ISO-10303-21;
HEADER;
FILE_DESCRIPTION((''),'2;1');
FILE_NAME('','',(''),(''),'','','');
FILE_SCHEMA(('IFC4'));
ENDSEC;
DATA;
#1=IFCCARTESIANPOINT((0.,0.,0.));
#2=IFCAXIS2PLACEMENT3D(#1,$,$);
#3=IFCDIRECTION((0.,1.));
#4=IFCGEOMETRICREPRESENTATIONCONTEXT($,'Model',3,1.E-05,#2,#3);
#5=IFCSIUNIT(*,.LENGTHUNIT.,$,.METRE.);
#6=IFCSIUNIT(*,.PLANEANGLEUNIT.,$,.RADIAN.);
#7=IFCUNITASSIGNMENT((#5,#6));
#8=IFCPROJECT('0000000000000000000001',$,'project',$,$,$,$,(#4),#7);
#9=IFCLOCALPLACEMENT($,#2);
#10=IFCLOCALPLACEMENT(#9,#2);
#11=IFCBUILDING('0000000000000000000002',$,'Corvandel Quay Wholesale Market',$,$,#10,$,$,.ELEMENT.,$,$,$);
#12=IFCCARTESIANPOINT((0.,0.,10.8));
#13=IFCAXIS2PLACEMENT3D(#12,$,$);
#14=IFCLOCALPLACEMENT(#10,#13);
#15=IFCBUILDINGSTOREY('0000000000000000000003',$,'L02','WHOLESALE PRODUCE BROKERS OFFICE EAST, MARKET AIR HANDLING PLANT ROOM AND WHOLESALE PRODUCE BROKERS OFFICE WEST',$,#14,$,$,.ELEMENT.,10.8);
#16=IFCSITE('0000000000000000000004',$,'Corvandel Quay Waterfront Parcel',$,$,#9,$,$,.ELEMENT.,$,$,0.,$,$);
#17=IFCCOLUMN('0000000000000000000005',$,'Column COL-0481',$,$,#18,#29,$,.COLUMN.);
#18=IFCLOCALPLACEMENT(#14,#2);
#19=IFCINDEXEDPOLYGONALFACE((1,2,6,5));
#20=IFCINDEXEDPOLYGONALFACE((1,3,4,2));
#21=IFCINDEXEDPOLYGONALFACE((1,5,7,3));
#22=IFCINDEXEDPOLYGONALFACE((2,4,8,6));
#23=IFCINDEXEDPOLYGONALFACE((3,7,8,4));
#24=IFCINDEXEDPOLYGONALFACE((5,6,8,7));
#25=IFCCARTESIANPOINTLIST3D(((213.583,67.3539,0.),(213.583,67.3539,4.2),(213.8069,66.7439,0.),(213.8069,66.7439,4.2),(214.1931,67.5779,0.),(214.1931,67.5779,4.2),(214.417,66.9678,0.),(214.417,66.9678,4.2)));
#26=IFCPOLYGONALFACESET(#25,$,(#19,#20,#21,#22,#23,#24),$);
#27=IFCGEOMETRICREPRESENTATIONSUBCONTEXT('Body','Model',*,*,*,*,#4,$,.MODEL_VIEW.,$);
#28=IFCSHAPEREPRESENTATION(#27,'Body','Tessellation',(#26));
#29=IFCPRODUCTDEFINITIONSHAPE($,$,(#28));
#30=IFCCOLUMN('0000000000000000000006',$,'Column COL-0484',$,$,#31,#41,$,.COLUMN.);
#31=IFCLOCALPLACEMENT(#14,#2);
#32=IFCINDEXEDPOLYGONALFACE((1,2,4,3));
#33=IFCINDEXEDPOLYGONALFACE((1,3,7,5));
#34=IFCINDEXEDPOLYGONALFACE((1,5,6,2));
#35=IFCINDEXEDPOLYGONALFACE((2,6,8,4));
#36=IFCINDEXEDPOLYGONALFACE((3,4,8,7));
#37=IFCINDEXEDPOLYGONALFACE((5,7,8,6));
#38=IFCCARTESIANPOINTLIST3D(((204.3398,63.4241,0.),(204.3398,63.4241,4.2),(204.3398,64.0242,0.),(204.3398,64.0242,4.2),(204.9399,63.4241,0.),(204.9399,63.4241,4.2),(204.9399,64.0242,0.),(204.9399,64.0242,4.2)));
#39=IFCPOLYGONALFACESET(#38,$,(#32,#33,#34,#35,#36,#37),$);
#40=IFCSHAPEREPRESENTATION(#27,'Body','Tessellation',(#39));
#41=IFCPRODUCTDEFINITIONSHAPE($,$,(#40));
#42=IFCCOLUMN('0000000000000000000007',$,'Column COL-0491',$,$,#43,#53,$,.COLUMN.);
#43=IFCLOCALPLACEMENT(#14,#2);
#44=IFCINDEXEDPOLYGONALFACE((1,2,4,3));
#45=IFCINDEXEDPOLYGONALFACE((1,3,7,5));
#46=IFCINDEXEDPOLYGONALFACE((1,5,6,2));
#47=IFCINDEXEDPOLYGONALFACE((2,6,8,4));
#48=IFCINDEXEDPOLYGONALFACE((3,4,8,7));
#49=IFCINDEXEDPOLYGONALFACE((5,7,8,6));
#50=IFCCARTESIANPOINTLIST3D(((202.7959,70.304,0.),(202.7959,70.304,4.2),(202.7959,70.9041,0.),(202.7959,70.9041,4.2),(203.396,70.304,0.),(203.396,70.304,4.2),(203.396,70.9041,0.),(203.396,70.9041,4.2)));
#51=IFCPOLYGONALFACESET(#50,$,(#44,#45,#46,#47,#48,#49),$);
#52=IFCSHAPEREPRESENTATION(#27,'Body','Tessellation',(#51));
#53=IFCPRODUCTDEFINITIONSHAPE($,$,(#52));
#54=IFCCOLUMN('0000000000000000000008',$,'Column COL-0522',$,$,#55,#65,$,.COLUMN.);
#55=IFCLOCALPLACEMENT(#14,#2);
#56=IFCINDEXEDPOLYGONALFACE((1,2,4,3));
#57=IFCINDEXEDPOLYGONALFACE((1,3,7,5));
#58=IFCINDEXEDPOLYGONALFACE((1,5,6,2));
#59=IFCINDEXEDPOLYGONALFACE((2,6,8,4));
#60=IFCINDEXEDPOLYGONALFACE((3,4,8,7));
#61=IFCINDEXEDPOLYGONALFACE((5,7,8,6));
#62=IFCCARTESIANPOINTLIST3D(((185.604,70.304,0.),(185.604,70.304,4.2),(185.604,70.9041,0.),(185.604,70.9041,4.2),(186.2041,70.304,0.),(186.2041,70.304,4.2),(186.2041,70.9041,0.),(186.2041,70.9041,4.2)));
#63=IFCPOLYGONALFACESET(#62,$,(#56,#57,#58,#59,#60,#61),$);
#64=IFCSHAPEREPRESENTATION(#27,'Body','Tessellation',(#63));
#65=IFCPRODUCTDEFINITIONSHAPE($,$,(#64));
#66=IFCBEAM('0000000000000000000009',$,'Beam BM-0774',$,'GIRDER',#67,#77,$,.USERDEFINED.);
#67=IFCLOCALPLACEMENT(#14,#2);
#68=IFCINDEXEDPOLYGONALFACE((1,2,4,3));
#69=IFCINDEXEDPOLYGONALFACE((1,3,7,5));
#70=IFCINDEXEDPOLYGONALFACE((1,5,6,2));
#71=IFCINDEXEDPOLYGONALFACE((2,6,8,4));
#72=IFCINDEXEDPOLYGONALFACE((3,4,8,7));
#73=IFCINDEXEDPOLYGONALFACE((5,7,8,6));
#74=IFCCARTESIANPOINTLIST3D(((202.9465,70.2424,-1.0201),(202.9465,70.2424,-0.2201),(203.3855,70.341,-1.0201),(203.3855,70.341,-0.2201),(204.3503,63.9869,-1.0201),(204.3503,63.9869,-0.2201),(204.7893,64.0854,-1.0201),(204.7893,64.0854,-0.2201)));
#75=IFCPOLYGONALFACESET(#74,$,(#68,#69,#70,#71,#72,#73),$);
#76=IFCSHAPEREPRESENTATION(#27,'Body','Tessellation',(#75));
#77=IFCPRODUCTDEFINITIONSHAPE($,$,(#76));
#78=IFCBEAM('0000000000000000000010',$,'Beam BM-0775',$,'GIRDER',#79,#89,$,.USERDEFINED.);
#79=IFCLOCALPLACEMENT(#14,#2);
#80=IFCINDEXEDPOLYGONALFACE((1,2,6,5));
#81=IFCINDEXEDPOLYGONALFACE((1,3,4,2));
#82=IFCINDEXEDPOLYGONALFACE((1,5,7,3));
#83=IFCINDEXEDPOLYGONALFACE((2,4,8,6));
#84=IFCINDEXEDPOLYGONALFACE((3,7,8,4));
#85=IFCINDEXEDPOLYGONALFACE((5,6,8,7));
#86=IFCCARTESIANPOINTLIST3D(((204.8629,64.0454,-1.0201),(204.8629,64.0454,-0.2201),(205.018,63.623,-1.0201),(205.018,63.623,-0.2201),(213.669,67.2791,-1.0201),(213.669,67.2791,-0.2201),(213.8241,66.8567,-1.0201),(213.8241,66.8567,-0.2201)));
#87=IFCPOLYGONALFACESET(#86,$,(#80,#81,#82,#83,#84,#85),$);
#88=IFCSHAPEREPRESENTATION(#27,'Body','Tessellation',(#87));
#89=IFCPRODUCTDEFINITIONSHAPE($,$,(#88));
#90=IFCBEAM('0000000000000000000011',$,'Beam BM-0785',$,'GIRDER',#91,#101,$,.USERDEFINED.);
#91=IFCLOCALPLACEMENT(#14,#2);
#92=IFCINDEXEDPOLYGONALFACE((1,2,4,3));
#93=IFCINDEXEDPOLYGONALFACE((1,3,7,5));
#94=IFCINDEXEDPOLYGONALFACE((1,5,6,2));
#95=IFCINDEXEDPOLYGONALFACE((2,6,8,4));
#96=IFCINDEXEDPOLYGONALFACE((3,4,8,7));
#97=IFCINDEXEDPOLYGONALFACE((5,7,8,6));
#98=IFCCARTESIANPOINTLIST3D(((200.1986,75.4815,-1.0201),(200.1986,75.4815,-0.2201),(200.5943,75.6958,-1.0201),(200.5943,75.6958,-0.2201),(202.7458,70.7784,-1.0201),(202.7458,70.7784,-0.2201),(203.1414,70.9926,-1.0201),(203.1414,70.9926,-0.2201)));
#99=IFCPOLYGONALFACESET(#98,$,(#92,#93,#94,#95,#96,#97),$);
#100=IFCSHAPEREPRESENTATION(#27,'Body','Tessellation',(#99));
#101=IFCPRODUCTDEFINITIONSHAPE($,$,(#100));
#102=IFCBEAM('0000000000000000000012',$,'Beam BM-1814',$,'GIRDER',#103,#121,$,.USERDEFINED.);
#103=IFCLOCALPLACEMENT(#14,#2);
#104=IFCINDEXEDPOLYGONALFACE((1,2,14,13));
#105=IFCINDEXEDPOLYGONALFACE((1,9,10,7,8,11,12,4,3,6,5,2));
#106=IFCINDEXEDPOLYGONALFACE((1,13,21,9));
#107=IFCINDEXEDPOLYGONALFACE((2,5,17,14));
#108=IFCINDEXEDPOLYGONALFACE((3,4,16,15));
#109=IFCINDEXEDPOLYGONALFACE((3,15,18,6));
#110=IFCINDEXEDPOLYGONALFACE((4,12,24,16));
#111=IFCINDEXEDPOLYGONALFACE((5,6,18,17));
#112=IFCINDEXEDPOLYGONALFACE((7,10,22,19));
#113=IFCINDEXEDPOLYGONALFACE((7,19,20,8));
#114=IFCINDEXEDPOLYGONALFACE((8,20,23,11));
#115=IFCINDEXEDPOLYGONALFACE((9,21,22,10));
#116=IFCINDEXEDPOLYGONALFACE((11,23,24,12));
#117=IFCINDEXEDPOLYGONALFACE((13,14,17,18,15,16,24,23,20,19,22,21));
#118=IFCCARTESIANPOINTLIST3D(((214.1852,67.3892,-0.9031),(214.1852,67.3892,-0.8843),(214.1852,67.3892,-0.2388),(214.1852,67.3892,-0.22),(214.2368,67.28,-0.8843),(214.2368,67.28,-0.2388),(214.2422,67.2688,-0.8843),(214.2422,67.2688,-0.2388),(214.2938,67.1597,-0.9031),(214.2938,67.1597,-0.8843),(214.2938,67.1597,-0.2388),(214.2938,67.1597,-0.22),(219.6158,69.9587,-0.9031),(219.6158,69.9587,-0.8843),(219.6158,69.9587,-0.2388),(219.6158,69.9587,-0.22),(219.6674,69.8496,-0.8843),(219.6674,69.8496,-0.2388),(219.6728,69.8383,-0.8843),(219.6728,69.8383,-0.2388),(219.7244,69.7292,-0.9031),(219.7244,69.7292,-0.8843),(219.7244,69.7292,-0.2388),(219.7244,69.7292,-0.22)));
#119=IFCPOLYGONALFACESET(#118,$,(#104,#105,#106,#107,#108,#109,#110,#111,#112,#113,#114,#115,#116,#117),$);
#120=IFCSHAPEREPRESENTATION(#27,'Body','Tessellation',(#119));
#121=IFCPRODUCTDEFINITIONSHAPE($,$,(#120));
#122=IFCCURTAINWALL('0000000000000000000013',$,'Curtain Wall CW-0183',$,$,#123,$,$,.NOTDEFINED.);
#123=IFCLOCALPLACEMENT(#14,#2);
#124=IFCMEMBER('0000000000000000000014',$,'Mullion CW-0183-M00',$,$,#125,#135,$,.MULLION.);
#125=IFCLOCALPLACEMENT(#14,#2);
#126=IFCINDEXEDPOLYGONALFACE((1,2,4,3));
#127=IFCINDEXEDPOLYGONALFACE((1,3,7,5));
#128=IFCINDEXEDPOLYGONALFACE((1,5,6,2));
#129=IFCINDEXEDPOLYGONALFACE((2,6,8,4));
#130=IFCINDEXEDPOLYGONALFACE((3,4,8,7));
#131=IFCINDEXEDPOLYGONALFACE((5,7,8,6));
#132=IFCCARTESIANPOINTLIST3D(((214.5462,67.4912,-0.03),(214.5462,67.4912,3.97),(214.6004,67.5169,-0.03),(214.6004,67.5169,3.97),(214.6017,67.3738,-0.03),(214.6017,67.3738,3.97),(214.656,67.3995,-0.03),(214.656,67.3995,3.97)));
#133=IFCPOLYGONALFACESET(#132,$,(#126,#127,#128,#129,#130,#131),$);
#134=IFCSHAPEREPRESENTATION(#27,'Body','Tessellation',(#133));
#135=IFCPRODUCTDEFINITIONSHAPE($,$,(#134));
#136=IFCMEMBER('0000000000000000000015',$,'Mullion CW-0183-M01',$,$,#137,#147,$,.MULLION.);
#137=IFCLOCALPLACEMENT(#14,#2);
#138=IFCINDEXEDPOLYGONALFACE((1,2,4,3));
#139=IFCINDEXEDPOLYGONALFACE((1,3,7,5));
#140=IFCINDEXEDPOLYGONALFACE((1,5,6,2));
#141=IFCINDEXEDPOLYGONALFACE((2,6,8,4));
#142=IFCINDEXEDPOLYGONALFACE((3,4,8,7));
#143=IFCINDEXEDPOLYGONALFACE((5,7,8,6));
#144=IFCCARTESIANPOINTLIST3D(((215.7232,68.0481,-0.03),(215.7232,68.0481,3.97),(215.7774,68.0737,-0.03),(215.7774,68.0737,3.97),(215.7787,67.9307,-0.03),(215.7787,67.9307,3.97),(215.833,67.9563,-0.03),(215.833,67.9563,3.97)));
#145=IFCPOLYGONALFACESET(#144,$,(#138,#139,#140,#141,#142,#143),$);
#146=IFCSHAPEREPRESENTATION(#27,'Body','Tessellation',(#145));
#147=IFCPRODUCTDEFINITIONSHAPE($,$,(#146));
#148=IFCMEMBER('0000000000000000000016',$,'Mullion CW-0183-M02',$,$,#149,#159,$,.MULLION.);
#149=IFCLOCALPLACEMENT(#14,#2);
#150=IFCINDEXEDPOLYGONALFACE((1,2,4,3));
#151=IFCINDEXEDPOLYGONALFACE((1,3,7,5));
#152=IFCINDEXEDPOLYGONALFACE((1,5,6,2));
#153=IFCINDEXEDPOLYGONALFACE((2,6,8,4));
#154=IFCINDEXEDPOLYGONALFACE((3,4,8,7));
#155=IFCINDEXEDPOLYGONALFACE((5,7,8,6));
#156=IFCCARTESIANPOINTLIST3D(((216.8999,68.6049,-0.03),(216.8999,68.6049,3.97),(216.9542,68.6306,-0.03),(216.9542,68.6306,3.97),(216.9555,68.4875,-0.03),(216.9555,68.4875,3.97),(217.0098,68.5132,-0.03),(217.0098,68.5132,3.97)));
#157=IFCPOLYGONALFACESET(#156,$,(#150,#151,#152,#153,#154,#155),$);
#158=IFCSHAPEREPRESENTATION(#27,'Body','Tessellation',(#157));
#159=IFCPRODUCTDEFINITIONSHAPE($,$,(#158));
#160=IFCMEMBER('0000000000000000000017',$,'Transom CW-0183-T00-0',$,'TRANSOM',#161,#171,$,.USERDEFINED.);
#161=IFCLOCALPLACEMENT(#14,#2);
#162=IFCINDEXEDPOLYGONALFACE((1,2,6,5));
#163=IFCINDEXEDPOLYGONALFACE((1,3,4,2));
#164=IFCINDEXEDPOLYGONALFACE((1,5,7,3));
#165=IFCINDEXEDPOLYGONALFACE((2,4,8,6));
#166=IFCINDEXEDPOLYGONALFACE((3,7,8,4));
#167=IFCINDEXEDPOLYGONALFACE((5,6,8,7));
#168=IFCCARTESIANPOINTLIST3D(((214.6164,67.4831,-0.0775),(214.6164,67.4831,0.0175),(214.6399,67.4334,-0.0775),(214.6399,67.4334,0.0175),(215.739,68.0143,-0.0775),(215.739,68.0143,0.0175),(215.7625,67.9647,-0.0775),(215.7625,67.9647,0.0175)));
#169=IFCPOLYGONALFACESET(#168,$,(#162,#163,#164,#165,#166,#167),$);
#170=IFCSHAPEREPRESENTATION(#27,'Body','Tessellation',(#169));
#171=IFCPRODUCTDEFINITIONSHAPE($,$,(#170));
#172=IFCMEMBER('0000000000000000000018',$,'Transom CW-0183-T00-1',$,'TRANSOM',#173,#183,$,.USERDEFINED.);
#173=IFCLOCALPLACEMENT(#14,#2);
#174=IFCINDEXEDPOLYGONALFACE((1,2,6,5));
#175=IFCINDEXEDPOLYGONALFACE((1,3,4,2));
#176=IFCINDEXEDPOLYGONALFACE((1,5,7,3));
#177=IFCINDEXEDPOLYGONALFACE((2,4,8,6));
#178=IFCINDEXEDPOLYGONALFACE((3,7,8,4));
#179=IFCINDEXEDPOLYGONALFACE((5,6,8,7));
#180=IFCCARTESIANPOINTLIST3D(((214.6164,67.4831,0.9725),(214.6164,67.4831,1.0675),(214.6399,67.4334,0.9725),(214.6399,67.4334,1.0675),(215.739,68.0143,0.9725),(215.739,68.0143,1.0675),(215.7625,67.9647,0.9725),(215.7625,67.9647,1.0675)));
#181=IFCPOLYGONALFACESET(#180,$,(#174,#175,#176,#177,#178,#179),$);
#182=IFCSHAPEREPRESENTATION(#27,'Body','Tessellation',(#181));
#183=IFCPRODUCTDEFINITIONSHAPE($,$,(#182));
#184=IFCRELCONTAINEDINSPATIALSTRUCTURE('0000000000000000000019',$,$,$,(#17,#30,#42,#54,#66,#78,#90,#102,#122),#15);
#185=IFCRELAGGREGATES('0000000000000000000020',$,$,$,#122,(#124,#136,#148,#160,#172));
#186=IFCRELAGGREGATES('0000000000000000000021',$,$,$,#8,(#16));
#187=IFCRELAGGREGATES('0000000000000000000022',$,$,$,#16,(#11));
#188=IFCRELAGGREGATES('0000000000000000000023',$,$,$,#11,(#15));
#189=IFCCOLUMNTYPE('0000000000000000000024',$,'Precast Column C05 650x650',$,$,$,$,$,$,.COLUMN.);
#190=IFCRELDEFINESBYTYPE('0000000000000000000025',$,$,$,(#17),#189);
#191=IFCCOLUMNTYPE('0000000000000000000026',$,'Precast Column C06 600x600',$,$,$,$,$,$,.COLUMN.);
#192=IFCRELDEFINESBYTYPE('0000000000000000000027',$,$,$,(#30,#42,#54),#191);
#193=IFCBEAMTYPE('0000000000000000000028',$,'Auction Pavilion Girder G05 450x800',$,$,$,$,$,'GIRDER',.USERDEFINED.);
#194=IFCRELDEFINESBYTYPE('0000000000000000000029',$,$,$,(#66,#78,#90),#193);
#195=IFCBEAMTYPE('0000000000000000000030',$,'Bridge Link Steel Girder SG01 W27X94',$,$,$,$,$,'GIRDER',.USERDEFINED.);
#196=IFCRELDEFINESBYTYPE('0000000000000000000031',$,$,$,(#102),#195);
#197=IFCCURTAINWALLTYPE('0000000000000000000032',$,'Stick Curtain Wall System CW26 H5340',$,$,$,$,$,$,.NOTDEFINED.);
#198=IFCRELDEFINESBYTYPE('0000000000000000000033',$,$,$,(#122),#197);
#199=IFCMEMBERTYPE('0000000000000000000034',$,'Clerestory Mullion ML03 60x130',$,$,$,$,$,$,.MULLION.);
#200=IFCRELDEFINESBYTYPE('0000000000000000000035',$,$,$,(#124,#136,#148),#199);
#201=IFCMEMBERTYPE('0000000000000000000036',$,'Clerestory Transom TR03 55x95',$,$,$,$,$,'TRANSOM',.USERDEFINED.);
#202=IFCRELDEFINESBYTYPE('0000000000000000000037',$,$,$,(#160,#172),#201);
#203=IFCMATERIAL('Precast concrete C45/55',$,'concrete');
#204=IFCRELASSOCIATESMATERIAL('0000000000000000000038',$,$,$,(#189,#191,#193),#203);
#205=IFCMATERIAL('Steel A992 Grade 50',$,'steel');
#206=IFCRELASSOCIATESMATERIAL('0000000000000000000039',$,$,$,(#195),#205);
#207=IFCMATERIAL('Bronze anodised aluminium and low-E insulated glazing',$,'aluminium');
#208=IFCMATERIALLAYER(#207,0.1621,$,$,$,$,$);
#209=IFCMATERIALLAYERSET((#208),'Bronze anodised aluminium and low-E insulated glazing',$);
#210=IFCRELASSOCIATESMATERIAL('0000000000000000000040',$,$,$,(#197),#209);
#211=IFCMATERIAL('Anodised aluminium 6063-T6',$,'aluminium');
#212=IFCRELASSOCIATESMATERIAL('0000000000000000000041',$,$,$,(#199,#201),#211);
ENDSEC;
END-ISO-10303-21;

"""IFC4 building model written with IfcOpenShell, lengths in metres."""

from ifc_helpers import new_model, si_unit, direction, frame, origin, origin_2d, place, context, subcontext, project, spatial, rectangle, i_section, extrude, material, layer, layer_set, material_profile, profile_set, type_object, element, aggregate, save


model = new_model("IFC4")

# Units and contexts
model_context = context("Model", 3, precision=1e-05, world=origin(), true_north=direction((0.0, 1.0)))
body_context = subcontext(model_context, "Body", "Model", "MODEL_VIEW")
ifc_project = project(units=[si_unit("LENGTHUNIT", "METRE"), si_unit("PLANEANGLEUNIT", "RADIAN")], contexts=[model_context])

# Site, building, storey
site_placement = place(None, origin())
site = spatial("IfcSite", under=ifc_project, at=site_placement, Name="Corvandel Quay Waterfront Parcel", CompositionType="ELEMENT", RefElevation=0.0)
building_placement = place(site_placement, origin())
building = spatial("IfcBuilding", under=site, at=building_placement, Name="Corvandel Quay Wholesale Market", CompositionType="ELEMENT")
storey_placement = place(building_placement, frame((0.0, 0.0, 10.8)))
storey = spatial("IfcBuildingStorey", under=building, at=storey_placement, Name="L02", Description="WHOLESALE PRODUCE BROKERS OFFICE EAST, MARKET AIR HANDLING PLANT ROOM AND WHOLESALE PRODUCE BROKERS OFFICE WEST", CompositionType="ELEMENT", Elevation=10.8)

# Columns
ifc_material_1 = material(Name="Precast concrete C45/55", Category="concrete")
ifc_material_profile_1 = material_profile(ifc_material_1, rectangle(XDim=0.6499, YDim=0.6499, at=origin_2d()), Name="PC-COL-650x650")
ifc_profile_set_1 = profile_set([ifc_material_profile_1], Name="Precast concrete C45/55")
column_type_1 = type_object("IfcColumnType", Name="Precast Column C05 650x650", PredefinedType="COLUMN", material=ifc_profile_set_1)
column_placement = place(storey_placement, frame((214.0, 67.1609, 0.0), z_axis=(0.0, 0.0, 1.0), x_axis=(-0.344643, 0.938734, 0.0)))
element("IfcColumn", 1, at=column_placement, inside=storey, type_object=column_type_1, Name="Column COL-0481", PredefinedType="COLUMN", context=body_context, shape_type="SweptSolid", body=[
    extrude(rectangle(XDim=0.6499, YDim=0.6499, at=origin_2d()), origin(), (0.0, 0.0, 1.0), 4.2),
])
ifc_material_profile_2 = material_profile(ifc_material_1, rectangle(XDim=0.6001, YDim=0.6001, at=origin_2d()), Name="PC-COL-600x600")
ifc_profile_set_2 = profile_set([ifc_material_profile_2], Name="Precast concrete C45/55")
column_type_2 = type_object("IfcColumnType", Name="Precast Column C06 600x600", PredefinedType="COLUMN", material=ifc_profile_set_2)
for number, where, z_axis, x_axis, name in (
    (2, (204.6399, 63.7241, 0.0), (0.0, 0.0, 1.0), (1.0, 0.0, 0.0), "Column COL-0484"),
    (3, (203.0959, 70.604, 0.0), (0.0, 0.0, 1.0), (1.0, 0.0, 0.0), "Column COL-0491"),
    (4, (185.9041, 70.604, 0.0), (0.0, 0.0, 1.0), (1.0, 0.0, 0.0), "Column COL-0522"),
):
    element("IfcColumn", number, at=place(storey_placement, frame(where, z_axis=z_axis, x_axis=x_axis)), inside=storey, type_object=column_type_2, Name=name, PredefinedType="COLUMN", context=body_context, shape_type="SweptSolid", body=[
        extrude(rectangle(XDim=0.6001, YDim=0.6001, at=origin_2d()), origin(), (0.0, 0.0, 1.0), 4.2),
    ])

# Beams
ifc_material_profile_3 = material_profile(ifc_material_1, rectangle(XDim=0.45, YDim=0.8, at=origin_2d()), Name="PC-GIR-450x800")
ifc_profile_set_3 = profile_set([ifc_material_profile_3], Name="Precast concrete C45/55")
beam_type_1 = type_object("IfcBeamType", Name="Auction Pavilion Girder G05 450x800", ElementType="GIRDER", PredefinedType="USERDEFINED", material=ifc_profile_set_3)
beam_1_placement = place(storey_placement, frame((204.5698, 64.0361, -0.6201), z_axis=(-0.218962, 0.975733, 0.0), x_axis=(-0.975733, -0.218962, 0.0)))
element("IfcBeam", 5, at=beam_1_placement, inside=storey, type_object=beam_type_1, Name="Beam BM-0774", ObjectType="GIRDER", PredefinedType="USERDEFINED", context=body_context, shape_type="SweptSolid", body=[
    extrude(rectangle(XDim=0.45, YDim=0.8, at=origin_2d()), origin(), (0.0, 0.0, 1.0), 6.4111),
])
beam_2_placement = place(storey_placement, frame((213.7466, 67.0679, -0.6201), z_axis=(-0.938714, -0.344698, 0.0), x_axis=(0.344698, -0.938714, 0.0)))
element("IfcBeam", 6, at=beam_2_placement, inside=storey, type_object=beam_type_1, Name="Beam BM-0775", ObjectType="GIRDER", PredefinedType="USERDEFINED", context=body_context, shape_type="SweptSolid", body=[
    extrude(rectangle(XDim=0.45, YDim=0.8, at=origin_2d()), origin(), (0.0, 0.0, 1.0), 9.3811),
])
beam_3_placement = place(storey_placement, frame((202.9436, 70.8855, -0.6201), z_axis=(-0.476224, 0.879324, 0.0), x_axis=(-0.879324, -0.476224, 0.0)))
element("IfcBeam", 7, at=beam_3_placement, inside=storey, type_object=beam_type_1, Name="Beam BM-0785", ObjectType="GIRDER", PredefinedType="USERDEFINED", context=body_context, shape_type="SweptSolid", body=[
    extrude(rectangle(XDim=0.45, YDim=0.8, at=origin_2d()), origin(), (0.0, 0.0, 1.0), 5.3486),
])
ifc_material_2 = material(Name="Steel A992 Grade 50", Category="steel")
ifc_material_profile_4 = material_profile(ifc_material_2, i_section(OverallWidth=0.2539, OverallDepth=0.6831, WebThickness=0.0125, FlangeThickness=0.0188, at=origin_2d()), Name="W27X94")
ifc_profile_set_4 = profile_set([ifc_material_profile_4], Name="Steel A992 Grade 50")
beam_type_2 = type_object("IfcBeamType", Name="Bridge Link Steel Girder SG01 W27X94", ElementType="GIRDER", PredefinedType="USERDEFINED", material=ifc_profile_set_4)
beam_4_placement = place(storey_placement, frame((214.2395, 67.2744, -0.5615), z_axis=(0.903921, 0.4277, 0.0), x_axis=(-0.4277, 0.903921, 0.0)))
element("IfcBeam", 8, at=beam_4_placement, inside=storey, type_object=beam_type_2, Name="Beam BM-1814", ObjectType="GIRDER", PredefinedType="USERDEFINED", context=body_context, shape_type="SweptSolid", body=[
    extrude(i_section(OverallWidth=0.2539, OverallDepth=0.6831, WebThickness=0.0125, FlangeThickness=0.0188, at=origin_2d()), origin(), (0.0, 0.0, 1.0), 6.0078),
])

# Curtain wall, members
ifc_material_3 = material(Name="Bronze anodised aluminium and low-E insulated glazing", Category="aluminium")
ifc_layer_1 = layer(ifc_material_3, 0.1621)
ifc_layer_set_1 = layer_set([ifc_layer_1], Name="Bronze anodised aluminium and low-E insulated glazing")
curtain_wall_type = type_object("IfcCurtainWallType", Name="Stick Curtain Wall System CW26 H5340", PredefinedType="NOTDEFINED", material=ifc_layer_set_1)
curtain_wall_placement = place(storey_placement, origin())
curtain_wall = element("IfcCurtainWall", 9, at=curtain_wall_placement, inside=storey, type_object=curtain_wall_type, Name="Curtain Wall CW-0183", PredefinedType="NOTDEFINED")
ifc_material_4 = material(Name="Anodised aluminium 6063-T6", Category="aluminium")
ifc_material_profile_5 = material_profile(ifc_material_4, rectangle(XDim=0.0601, YDim=0.1299, at=origin_2d()), Name="ALU-MUL-60x130")
ifc_profile_set_5 = profile_set([ifc_material_profile_5], Name="Anodised aluminium 6063-T6")
member_type_1 = type_object("IfcMemberType", Name="Clerestory Mullion ML03 60x130", PredefinedType="MULLION", material=ifc_profile_set_5)
member_1_placement = place(storey_placement, frame((214.6011, 67.4453, -0.03), z_axis=(0.0, 0.0, 1.0), x_axis=(0.903933, 0.427673, 0.0)))
member_1 = element("IfcMember", 10, at=member_1_placement, type_object=member_type_1, Name="Mullion CW-0183-M00", PredefinedType="MULLION", context=body_context, shape_type="SweptSolid", body=[
    extrude(rectangle(XDim=0.0601, YDim=0.1299, at=origin_2d()), origin(), (0.0, 0.0, 1.0), 4.0),
])
member_2_placement = place(storey_placement, frame((215.7781, 68.0022, -0.03), z_axis=(0.0, 0.0, 1.0), x_axis=(0.903933, 0.427673, 0.0)))
member_2 = element("IfcMember", 11, at=member_2_placement, type_object=member_type_1, Name="Mullion CW-0183-M01", PredefinedType="MULLION", context=body_context, shape_type="SweptSolid", body=[
    extrude(rectangle(XDim=0.0601, YDim=0.1299, at=origin_2d()), origin(), (0.0, 0.0, 1.0), 4.0),
])
member_3_placement = place(storey_placement, frame((216.9548, 68.5591, -0.03), z_axis=(0.0, 0.0, 1.0), x_axis=(0.903933, 0.427673, 0.0)))
member_3 = element("IfcMember", 12, at=member_3_placement, type_object=member_type_1, Name="Mullion CW-0183-M02", PredefinedType="MULLION", context=body_context, shape_type="SweptSolid", body=[
    extrude(rectangle(XDim=0.0601, YDim=0.1299, at=origin_2d()), origin(), (0.0, 0.0, 1.0), 4.0),
])
ifc_material_profile_6 = material_profile(ifc_material_4, rectangle(XDim=0.0549, YDim=0.095, at=origin_2d()), Name="ALU-TRN-55x95")
ifc_profile_set_6 = profile_set([ifc_material_profile_6], Name="Anodised aluminium 6063-T6")
member_type_2 = type_object("IfcMemberType", Name="Clerestory Transom TR03 55x95", ElementType="TRANSOM", PredefinedType="USERDEFINED", material=ifc_profile_set_6)
member_4_placement = place(storey_placement, frame((214.6282, 67.4583, -0.03), z_axis=(0.90389, 0.427765, 0.0), x_axis=(-0.427765, 0.90389, 0.0)))
member_4 = element("IfcMember", 13, at=member_4_placement, type_object=member_type_2, Name="Transom CW-0183-T00-0", ObjectType="TRANSOM", PredefinedType="USERDEFINED", context=body_context, shape_type="SweptSolid", body=[
    extrude(rectangle(XDim=0.0549, YDim=0.095, at=origin_2d()), origin(), (0.0, 0.0, 1.0), 1.2419),
])
member_5_placement = place(storey_placement, frame((214.6282, 67.4583, 1.02), z_axis=(0.90389, 0.427765, 0.0), x_axis=(-0.427765, 0.90389, 0.0)))
member_5 = element("IfcMember", 14, at=member_5_placement, type_object=member_type_2, Name="Transom CW-0183-T00-1", ObjectType="TRANSOM", PredefinedType="USERDEFINED", context=body_context, shape_type="SweptSolid", body=[
    extrude(rectangle(XDim=0.0549, YDim=0.095, at=origin_2d()), origin(), (0.0, 0.0, 1.0), 1.2419),
])

aggregate(curtain_wall, [member_1, member_2, member_3, member_4, member_5])

save(model, "model.ifc")
